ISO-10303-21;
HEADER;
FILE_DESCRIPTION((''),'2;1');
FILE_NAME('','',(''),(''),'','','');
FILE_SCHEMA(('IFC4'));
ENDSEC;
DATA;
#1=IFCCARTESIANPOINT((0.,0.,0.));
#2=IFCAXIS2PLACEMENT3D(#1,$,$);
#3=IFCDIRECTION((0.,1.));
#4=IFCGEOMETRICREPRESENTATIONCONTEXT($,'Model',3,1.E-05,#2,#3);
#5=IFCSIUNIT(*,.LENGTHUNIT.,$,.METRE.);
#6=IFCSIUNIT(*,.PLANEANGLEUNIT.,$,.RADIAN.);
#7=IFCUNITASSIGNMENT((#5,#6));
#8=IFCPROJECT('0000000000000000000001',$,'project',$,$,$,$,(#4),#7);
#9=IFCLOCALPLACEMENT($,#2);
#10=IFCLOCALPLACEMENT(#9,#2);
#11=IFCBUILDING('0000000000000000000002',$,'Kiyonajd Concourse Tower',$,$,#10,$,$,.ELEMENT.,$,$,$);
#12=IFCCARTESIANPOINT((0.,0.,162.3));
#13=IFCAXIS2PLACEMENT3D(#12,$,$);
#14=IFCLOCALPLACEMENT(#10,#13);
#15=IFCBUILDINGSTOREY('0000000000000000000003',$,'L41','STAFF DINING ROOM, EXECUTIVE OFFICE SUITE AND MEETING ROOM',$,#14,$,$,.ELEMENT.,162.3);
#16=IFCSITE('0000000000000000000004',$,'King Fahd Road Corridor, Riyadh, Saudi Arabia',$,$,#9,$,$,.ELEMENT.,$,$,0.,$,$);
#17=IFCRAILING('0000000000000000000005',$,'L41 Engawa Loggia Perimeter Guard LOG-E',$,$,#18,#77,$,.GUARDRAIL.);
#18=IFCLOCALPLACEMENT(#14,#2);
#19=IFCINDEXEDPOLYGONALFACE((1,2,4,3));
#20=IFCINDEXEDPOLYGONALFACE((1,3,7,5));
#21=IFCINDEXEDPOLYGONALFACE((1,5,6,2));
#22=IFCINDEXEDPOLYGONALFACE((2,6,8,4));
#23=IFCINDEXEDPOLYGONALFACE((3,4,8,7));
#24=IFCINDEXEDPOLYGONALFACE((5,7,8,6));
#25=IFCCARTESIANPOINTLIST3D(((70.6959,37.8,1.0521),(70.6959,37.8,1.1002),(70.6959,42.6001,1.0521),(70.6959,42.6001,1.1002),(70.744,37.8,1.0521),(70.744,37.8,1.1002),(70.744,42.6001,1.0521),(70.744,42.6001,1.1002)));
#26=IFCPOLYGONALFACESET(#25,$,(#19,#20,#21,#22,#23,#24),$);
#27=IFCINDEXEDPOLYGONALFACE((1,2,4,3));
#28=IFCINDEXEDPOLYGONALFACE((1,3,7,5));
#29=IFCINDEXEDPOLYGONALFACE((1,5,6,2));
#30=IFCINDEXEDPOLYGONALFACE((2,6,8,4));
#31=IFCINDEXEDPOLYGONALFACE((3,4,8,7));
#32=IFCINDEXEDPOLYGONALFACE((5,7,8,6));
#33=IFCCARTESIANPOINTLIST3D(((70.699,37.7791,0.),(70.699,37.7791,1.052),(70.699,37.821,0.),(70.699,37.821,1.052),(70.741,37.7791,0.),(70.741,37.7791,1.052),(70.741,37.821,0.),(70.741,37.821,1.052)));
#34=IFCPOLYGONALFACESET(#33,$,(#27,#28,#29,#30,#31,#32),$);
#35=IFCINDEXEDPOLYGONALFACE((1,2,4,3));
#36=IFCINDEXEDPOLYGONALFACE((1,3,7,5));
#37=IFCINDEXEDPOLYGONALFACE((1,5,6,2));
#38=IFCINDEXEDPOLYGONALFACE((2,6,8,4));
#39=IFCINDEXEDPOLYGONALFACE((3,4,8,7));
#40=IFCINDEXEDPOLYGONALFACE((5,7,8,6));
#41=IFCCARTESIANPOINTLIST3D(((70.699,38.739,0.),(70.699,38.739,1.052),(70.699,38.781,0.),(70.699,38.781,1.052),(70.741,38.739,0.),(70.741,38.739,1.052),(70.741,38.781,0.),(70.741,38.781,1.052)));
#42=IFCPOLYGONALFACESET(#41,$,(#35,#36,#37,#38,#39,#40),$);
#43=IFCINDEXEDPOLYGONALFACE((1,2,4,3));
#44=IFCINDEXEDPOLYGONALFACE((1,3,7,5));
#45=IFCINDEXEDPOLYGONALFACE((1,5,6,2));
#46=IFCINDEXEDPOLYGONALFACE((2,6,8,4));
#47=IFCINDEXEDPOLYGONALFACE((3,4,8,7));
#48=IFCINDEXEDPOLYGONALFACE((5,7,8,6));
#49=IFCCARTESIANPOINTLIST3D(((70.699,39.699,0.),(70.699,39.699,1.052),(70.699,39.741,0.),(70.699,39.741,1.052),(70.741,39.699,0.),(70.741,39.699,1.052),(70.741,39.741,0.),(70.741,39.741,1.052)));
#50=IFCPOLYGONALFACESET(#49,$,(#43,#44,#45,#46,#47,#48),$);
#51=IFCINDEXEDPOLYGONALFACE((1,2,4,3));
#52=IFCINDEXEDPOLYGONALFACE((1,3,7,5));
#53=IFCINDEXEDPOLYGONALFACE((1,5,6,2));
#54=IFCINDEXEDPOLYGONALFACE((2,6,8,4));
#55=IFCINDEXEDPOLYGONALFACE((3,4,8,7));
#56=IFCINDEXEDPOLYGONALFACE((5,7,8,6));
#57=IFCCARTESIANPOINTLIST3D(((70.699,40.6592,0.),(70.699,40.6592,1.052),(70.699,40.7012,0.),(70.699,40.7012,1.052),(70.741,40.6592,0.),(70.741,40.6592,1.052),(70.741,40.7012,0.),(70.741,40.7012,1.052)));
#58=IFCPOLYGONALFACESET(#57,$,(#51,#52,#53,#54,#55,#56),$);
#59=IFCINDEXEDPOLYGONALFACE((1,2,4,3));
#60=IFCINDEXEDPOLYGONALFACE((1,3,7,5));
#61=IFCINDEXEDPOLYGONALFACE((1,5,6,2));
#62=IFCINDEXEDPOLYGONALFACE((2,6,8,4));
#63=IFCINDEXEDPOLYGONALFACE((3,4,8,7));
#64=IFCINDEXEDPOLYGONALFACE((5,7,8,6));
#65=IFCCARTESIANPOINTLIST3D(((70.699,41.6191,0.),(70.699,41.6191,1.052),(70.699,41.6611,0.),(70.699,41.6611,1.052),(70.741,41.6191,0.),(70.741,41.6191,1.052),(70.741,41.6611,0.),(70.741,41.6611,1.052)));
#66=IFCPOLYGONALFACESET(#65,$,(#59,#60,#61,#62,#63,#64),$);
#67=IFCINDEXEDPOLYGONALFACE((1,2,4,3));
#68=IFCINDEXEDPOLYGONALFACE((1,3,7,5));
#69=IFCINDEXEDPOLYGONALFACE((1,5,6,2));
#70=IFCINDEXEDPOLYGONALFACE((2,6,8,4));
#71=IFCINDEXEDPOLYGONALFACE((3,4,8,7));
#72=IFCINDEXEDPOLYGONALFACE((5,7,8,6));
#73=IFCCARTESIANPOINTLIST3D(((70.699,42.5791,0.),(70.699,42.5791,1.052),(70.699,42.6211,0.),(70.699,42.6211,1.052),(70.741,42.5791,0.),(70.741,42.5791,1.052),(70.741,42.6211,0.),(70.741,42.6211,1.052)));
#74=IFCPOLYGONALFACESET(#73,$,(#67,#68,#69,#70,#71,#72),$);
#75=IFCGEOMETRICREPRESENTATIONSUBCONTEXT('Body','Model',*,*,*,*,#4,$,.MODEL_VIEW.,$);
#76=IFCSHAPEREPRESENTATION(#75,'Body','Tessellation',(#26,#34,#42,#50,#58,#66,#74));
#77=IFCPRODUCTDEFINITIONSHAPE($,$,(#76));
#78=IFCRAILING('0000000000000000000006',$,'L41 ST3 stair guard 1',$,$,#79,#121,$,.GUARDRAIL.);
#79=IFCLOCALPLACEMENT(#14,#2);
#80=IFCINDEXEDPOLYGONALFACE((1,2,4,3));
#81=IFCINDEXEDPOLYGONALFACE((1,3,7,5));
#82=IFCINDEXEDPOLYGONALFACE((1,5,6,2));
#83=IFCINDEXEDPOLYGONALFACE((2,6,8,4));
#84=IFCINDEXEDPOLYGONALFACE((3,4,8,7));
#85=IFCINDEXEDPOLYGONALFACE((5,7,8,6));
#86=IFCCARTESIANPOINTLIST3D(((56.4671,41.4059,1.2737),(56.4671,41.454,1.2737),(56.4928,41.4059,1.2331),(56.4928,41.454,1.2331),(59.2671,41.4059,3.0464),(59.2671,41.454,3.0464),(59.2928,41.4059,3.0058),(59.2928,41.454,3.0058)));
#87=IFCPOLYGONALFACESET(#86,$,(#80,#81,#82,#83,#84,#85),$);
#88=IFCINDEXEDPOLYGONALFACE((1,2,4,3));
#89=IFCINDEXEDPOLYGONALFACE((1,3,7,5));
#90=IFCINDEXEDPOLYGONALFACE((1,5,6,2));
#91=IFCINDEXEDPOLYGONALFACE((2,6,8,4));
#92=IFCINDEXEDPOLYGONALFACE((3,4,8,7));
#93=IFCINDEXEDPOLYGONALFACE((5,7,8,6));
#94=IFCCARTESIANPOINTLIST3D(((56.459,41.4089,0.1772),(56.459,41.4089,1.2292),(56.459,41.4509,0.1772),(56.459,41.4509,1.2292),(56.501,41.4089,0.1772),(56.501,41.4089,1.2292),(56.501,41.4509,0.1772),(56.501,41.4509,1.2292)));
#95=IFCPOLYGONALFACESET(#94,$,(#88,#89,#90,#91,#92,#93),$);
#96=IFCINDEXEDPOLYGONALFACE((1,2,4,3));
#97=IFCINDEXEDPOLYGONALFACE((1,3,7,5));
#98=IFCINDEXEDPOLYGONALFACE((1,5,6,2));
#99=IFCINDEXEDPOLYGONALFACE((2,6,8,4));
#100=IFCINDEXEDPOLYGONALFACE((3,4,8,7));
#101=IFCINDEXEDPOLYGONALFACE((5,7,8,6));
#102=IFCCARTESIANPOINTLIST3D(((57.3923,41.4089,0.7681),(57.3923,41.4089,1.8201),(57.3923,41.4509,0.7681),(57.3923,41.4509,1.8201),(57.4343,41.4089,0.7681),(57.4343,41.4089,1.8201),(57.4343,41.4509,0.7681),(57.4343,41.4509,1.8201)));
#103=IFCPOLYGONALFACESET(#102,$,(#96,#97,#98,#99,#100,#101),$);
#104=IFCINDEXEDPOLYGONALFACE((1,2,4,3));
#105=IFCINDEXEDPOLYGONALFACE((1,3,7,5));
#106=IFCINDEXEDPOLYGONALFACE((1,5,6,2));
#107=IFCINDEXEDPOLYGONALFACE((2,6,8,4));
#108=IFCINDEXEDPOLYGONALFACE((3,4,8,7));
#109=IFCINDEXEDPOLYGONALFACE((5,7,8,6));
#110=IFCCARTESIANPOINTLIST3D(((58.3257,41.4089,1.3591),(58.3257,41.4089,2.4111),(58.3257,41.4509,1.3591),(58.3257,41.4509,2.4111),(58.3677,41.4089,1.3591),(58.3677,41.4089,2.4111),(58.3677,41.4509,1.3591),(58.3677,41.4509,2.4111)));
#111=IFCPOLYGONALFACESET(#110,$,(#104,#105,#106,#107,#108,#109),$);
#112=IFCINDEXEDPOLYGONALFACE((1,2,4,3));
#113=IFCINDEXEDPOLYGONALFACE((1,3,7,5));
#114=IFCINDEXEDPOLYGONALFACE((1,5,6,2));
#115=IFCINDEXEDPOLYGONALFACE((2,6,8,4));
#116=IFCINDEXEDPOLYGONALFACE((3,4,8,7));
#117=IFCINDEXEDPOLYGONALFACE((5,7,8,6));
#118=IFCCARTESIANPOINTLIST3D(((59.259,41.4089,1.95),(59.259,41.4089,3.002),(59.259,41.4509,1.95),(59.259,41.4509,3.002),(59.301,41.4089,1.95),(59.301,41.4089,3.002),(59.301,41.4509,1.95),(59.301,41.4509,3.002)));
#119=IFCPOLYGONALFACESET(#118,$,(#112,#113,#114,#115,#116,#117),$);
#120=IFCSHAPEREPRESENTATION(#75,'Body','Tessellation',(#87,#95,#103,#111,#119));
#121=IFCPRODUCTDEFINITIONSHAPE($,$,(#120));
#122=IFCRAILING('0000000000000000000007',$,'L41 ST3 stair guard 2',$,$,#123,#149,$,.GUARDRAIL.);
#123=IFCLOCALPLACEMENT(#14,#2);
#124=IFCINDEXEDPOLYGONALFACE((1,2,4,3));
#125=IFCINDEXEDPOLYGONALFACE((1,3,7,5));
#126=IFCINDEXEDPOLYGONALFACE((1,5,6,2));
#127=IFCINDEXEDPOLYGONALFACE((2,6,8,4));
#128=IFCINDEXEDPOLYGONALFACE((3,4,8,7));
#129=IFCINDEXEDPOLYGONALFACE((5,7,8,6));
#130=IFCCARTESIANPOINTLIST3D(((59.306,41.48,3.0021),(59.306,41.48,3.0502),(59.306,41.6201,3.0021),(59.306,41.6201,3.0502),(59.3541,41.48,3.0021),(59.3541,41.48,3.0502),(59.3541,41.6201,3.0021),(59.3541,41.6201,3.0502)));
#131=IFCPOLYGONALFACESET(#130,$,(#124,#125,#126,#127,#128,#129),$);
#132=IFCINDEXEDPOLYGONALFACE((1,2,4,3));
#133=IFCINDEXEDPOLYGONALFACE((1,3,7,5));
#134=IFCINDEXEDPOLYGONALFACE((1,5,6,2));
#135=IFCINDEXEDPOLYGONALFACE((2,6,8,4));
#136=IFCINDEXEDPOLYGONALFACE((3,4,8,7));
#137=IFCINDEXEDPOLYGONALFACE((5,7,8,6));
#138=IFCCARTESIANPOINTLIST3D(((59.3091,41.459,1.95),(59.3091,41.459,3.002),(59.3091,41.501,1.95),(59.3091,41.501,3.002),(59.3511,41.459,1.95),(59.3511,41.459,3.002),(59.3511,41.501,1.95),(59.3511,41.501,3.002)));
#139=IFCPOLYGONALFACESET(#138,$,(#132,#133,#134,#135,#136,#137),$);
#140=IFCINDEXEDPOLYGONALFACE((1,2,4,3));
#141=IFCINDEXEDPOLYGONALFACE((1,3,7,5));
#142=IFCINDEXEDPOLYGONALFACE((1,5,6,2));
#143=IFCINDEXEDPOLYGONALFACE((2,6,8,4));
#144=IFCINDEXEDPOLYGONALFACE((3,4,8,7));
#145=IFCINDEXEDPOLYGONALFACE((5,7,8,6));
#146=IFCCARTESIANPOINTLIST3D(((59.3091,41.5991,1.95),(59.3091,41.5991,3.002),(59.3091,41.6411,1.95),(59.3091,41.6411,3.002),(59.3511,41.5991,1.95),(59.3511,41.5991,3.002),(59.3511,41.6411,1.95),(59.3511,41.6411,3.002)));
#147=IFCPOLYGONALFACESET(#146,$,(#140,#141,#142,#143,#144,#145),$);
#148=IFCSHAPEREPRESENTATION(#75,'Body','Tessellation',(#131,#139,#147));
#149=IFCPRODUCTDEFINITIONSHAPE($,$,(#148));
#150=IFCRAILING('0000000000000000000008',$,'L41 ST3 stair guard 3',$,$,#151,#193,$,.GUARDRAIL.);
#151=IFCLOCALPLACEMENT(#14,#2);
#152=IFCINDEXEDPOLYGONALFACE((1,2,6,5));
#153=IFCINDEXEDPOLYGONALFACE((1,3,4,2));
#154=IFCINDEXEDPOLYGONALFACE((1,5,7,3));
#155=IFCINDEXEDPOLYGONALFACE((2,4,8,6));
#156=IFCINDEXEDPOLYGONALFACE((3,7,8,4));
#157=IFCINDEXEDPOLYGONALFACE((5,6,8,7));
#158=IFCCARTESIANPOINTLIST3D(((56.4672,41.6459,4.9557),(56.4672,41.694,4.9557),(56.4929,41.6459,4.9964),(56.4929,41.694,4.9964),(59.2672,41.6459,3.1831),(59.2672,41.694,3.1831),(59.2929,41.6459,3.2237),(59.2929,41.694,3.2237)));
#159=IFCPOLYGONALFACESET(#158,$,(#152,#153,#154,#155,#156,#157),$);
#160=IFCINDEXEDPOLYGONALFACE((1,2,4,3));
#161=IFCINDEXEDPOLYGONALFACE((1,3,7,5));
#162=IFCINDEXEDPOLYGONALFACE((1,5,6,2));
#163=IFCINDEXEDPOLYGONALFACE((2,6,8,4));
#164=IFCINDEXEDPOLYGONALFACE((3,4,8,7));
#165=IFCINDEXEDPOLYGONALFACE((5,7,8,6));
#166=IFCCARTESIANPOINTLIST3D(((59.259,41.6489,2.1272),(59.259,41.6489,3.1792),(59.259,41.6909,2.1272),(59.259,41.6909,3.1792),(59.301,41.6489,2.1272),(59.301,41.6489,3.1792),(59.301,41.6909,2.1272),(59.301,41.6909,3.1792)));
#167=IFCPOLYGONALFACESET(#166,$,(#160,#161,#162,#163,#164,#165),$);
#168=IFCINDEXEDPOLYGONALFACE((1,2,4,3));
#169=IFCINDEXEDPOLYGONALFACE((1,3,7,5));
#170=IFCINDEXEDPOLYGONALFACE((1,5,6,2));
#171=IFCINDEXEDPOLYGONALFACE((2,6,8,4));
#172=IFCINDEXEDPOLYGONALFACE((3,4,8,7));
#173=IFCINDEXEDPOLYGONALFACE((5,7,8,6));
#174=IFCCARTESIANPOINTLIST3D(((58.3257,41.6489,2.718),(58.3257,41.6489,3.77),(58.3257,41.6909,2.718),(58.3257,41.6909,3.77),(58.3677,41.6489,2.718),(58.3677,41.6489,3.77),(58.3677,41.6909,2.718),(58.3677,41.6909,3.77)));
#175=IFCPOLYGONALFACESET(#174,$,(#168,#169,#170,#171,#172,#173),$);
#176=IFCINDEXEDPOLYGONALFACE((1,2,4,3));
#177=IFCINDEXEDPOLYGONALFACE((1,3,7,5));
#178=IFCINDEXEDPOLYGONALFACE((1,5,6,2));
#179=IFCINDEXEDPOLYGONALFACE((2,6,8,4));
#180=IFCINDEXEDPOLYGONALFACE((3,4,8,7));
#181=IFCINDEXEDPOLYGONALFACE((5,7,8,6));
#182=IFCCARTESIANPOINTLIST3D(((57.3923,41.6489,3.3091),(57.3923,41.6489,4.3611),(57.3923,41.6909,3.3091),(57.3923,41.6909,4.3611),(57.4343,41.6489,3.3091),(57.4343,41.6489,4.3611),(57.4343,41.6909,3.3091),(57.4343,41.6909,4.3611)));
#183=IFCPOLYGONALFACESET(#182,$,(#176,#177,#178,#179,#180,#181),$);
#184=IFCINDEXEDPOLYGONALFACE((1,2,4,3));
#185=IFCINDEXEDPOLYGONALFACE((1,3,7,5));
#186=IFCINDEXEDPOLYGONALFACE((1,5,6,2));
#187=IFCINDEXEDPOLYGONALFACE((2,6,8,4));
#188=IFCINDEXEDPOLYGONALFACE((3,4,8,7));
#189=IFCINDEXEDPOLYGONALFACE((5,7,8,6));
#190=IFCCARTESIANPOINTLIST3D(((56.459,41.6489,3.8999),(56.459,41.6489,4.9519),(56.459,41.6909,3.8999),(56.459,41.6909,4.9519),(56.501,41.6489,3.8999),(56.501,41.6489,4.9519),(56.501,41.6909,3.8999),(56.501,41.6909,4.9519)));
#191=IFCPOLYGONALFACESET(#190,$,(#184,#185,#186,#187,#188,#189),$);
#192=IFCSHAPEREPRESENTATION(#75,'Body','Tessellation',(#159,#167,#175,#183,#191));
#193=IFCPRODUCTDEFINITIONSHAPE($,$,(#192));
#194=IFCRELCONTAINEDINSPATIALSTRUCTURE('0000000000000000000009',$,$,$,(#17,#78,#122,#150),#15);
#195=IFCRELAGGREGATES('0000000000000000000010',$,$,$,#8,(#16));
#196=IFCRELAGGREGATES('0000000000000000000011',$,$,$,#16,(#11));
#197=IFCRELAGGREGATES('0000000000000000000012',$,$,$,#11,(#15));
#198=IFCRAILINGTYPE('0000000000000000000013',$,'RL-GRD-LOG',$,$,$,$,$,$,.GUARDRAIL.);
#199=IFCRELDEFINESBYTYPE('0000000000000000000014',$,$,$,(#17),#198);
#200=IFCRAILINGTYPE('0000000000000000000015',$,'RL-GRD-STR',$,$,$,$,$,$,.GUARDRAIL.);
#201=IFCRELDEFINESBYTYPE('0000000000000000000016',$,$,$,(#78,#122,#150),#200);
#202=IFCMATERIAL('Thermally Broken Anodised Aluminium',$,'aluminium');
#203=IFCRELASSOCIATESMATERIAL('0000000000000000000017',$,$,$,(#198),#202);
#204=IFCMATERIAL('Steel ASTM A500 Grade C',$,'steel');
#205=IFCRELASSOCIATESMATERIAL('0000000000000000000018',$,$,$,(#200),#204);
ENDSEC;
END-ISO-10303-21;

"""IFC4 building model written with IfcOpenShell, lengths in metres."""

from ifc_helpers import new_model, si_unit, direction, frame, origin, origin_2d, place, context, subcontext, project, spatial, rectangle, extrude, material, type_object, element, save


model = new_model("IFC4")

# Units and contexts
model_context = context("Model", 3, precision=1e-05, world=origin(), true_north=direction((0.0, 1.0)))
body_context = subcontext(model_context, "Body", "Model", "MODEL_VIEW")
ifc_project = project(units=[si_unit("LENGTHUNIT", "METRE"), si_unit("PLANEANGLEUNIT", "RADIAN")], contexts=[model_context])

# Site, building, storey
site_placement = place(None, origin())
site = spatial("IfcSite", under=ifc_project, at=site_placement, Name="King Fahd Road Corridor, Riyadh, Saudi Arabia", CompositionType="ELEMENT", RefElevation=0.0)
building_placement = place(site_placement, origin())
building = spatial("IfcBuilding", under=site, at=building_placement, Name="Kiyonajd Concourse Tower", CompositionType="ELEMENT")
storey_placement = place(building_placement, frame((0.0, 0.0, 162.3)))
storey = spatial("IfcBuildingStorey", under=building, at=storey_placement, Name="L41", Description="STAFF DINING ROOM, EXECUTIVE OFFICE SUITE AND MEETING ROOM", CompositionType="ELEMENT", Elevation=162.3)

# Shared definitions
ifc_material_1 = material(Name="Thermally Broken Anodised Aluminium", Category="aluminium")

# Railings
railing_type_1 = type_object("IfcRailingType", Name="RL-GRD-LOG", PredefinedType="GUARDRAIL", material=ifc_material_1)
railing_1_placement = place(storey_placement, frame((70.72, 37.8, 0.0)))
element("IfcRailing", 1, at=railing_1_placement, inside=storey, type_object=railing_type_1, Name="L41 Engawa Loggia Perimeter Guard LOG-E", PredefinedType="GUARDRAIL", context=body_context, shape_type="SweptSolid", body=[
    extrude(rectangle(XDim=0.0481, YDim=0.0481, at=origin_2d()), frame((0.0, 0.0, 1.0762), z_axis=(0.0, 1.0, 0.0), x_axis=(-1.0, 0.0, 0.0)), (0.0, 0.0, 1.0), 4.8),
    extrude(rectangle(XDim=0.042, YDim=0.042, at=origin_2d()), origin(), (0.0, 0.0, 1.0), 1.052),
    extrude(rectangle(XDim=0.042, YDim=0.042, at=origin_2d()), frame((0.0, 0.96, 0.0)), (0.0, 0.0, 1.0), 1.052),
    extrude(rectangle(XDim=0.042, YDim=0.042, at=origin_2d()), frame((0.0, 1.9199, 0.0)), (0.0, 0.0, 1.0), 1.052),
    extrude(rectangle(XDim=0.042, YDim=0.042, at=origin_2d()), frame((0.0, 2.8801, 0.0)), (0.0, 0.0, 1.0), 1.052),
    extrude(rectangle(XDim=0.042, YDim=0.042, at=origin_2d()), frame((0.0, 3.8401, 0.0)), (0.0, 0.0, 1.0), 1.052),
    extrude(rectangle(XDim=0.042, YDim=0.042, at=origin_2d()), frame((0.0, 4.8, 0.0)), (0.0, 0.0, 1.0), 1.052),
])
ifc_material_2 = material(Name="Steel ASTM A500 Grade C", Category="steel")
railing_type_2 = type_object("IfcRailingType", Name="RL-GRD-STR", PredefinedType="GUARDRAIL", material=ifc_material_2)
railing_2_placement = place(storey_placement, frame((56.48, 41.4299, 0.1772)))
element("IfcRailing", 2, at=railing_2_placement, inside=storey, type_object=railing_type_2, Name="L41 ST3 stair guard 1", PredefinedType="GUARDRAIL", context=body_context, shape_type="SweptSolid", body=[
    extrude(rectangle(XDim=0.0481, YDim=0.0481, at=origin_2d()), frame((0.0, 0.0, 1.0762), z_axis=(0.844909, 0.0, 0.53491), x_axis=(0.0, 1.0, 0.0)), (0.0, 0.0, 1.0), 3.314),
    extrude(rectangle(XDim=0.042, YDim=0.042, at=origin_2d()), origin(), (0.0, 0.0, 1.0), 1.052),
    extrude(rectangle(XDim=0.042, YDim=0.042, at=origin_2d()), frame((0.9333, 0.0, 0.5908)), (0.0, 0.0, 1.0), 1.052),
    extrude(rectangle(XDim=0.042, YDim=0.042, at=origin_2d()), frame((1.8667, 0.0, 1.1819)), (0.0, 0.0, 1.0), 1.052),
    extrude(rectangle(XDim=0.042, YDim=0.042, at=origin_2d()), frame((2.8, 0.0, 1.7727)), (0.0, 0.0, 1.0), 1.052),
])
railing_3_placement = place(storey_placement, frame((59.3301, 41.48, 1.95)))
element("IfcRailing", 3, at=railing_3_placement, inside=storey, type_object=railing_type_2, Name="L41 ST3 stair guard 2", PredefinedType="GUARDRAIL", context=body_context, shape_type="SweptSolid", body=[
    extrude(rectangle(XDim=0.0481, YDim=0.0481, at=origin_2d()), frame((0.0, 0.0, 1.0762), z_axis=(0.0, 1.0, 0.0), x_axis=(-1.0, 0.0, 0.0)), (0.0, 0.0, 1.0), 0.1401),
    extrude(rectangle(XDim=0.042, YDim=0.042, at=origin_2d()), origin(), (0.0, 0.0, 1.0), 1.052),
    extrude(rectangle(XDim=0.042, YDim=0.042, at=origin_2d()), frame((0.0, 0.1401, 0.0)), (0.0, 0.0, 1.0), 1.052),
])
railing_4_placement = place(storey_placement, frame((59.28, 41.6699, 2.1272)))
element("IfcRailing", 4, at=railing_4_placement, inside=storey, type_object=railing_type_2, Name="L41 ST3 stair guard 3", PredefinedType="GUARDRAIL", context=body_context, shape_type="SweptSolid", body=[
    extrude(rectangle(XDim=0.0481, YDim=0.0481, at=origin_2d()), frame((0.0, 0.0, 1.0762), z_axis=(-0.844909, 0.0, 0.53491), x_axis=(0.0, -1.0, 0.0)), (0.0, 0.0, 1.0), 3.314),
    extrude(rectangle(XDim=0.042, YDim=0.042, at=origin_2d()), origin(), (0.0, 0.0, 1.0), 1.052),
    extrude(rectangle(XDim=0.042, YDim=0.042, at=origin_2d()), frame((-0.9333, 0.0, 0.5908)), (0.0, 0.0, 1.0), 1.052),
    extrude(rectangle(XDim=0.042, YDim=0.042, at=origin_2d()), frame((-1.8667, 0.0, 1.1819)), (0.0, 0.0, 1.0), 1.052),
    extrude(rectangle(XDim=0.042, YDim=0.042, at=origin_2d()), frame((-2.8, 0.0, 1.7727)), (0.0, 0.0, 1.0), 1.052),
])

save(model, "model.ifc")
